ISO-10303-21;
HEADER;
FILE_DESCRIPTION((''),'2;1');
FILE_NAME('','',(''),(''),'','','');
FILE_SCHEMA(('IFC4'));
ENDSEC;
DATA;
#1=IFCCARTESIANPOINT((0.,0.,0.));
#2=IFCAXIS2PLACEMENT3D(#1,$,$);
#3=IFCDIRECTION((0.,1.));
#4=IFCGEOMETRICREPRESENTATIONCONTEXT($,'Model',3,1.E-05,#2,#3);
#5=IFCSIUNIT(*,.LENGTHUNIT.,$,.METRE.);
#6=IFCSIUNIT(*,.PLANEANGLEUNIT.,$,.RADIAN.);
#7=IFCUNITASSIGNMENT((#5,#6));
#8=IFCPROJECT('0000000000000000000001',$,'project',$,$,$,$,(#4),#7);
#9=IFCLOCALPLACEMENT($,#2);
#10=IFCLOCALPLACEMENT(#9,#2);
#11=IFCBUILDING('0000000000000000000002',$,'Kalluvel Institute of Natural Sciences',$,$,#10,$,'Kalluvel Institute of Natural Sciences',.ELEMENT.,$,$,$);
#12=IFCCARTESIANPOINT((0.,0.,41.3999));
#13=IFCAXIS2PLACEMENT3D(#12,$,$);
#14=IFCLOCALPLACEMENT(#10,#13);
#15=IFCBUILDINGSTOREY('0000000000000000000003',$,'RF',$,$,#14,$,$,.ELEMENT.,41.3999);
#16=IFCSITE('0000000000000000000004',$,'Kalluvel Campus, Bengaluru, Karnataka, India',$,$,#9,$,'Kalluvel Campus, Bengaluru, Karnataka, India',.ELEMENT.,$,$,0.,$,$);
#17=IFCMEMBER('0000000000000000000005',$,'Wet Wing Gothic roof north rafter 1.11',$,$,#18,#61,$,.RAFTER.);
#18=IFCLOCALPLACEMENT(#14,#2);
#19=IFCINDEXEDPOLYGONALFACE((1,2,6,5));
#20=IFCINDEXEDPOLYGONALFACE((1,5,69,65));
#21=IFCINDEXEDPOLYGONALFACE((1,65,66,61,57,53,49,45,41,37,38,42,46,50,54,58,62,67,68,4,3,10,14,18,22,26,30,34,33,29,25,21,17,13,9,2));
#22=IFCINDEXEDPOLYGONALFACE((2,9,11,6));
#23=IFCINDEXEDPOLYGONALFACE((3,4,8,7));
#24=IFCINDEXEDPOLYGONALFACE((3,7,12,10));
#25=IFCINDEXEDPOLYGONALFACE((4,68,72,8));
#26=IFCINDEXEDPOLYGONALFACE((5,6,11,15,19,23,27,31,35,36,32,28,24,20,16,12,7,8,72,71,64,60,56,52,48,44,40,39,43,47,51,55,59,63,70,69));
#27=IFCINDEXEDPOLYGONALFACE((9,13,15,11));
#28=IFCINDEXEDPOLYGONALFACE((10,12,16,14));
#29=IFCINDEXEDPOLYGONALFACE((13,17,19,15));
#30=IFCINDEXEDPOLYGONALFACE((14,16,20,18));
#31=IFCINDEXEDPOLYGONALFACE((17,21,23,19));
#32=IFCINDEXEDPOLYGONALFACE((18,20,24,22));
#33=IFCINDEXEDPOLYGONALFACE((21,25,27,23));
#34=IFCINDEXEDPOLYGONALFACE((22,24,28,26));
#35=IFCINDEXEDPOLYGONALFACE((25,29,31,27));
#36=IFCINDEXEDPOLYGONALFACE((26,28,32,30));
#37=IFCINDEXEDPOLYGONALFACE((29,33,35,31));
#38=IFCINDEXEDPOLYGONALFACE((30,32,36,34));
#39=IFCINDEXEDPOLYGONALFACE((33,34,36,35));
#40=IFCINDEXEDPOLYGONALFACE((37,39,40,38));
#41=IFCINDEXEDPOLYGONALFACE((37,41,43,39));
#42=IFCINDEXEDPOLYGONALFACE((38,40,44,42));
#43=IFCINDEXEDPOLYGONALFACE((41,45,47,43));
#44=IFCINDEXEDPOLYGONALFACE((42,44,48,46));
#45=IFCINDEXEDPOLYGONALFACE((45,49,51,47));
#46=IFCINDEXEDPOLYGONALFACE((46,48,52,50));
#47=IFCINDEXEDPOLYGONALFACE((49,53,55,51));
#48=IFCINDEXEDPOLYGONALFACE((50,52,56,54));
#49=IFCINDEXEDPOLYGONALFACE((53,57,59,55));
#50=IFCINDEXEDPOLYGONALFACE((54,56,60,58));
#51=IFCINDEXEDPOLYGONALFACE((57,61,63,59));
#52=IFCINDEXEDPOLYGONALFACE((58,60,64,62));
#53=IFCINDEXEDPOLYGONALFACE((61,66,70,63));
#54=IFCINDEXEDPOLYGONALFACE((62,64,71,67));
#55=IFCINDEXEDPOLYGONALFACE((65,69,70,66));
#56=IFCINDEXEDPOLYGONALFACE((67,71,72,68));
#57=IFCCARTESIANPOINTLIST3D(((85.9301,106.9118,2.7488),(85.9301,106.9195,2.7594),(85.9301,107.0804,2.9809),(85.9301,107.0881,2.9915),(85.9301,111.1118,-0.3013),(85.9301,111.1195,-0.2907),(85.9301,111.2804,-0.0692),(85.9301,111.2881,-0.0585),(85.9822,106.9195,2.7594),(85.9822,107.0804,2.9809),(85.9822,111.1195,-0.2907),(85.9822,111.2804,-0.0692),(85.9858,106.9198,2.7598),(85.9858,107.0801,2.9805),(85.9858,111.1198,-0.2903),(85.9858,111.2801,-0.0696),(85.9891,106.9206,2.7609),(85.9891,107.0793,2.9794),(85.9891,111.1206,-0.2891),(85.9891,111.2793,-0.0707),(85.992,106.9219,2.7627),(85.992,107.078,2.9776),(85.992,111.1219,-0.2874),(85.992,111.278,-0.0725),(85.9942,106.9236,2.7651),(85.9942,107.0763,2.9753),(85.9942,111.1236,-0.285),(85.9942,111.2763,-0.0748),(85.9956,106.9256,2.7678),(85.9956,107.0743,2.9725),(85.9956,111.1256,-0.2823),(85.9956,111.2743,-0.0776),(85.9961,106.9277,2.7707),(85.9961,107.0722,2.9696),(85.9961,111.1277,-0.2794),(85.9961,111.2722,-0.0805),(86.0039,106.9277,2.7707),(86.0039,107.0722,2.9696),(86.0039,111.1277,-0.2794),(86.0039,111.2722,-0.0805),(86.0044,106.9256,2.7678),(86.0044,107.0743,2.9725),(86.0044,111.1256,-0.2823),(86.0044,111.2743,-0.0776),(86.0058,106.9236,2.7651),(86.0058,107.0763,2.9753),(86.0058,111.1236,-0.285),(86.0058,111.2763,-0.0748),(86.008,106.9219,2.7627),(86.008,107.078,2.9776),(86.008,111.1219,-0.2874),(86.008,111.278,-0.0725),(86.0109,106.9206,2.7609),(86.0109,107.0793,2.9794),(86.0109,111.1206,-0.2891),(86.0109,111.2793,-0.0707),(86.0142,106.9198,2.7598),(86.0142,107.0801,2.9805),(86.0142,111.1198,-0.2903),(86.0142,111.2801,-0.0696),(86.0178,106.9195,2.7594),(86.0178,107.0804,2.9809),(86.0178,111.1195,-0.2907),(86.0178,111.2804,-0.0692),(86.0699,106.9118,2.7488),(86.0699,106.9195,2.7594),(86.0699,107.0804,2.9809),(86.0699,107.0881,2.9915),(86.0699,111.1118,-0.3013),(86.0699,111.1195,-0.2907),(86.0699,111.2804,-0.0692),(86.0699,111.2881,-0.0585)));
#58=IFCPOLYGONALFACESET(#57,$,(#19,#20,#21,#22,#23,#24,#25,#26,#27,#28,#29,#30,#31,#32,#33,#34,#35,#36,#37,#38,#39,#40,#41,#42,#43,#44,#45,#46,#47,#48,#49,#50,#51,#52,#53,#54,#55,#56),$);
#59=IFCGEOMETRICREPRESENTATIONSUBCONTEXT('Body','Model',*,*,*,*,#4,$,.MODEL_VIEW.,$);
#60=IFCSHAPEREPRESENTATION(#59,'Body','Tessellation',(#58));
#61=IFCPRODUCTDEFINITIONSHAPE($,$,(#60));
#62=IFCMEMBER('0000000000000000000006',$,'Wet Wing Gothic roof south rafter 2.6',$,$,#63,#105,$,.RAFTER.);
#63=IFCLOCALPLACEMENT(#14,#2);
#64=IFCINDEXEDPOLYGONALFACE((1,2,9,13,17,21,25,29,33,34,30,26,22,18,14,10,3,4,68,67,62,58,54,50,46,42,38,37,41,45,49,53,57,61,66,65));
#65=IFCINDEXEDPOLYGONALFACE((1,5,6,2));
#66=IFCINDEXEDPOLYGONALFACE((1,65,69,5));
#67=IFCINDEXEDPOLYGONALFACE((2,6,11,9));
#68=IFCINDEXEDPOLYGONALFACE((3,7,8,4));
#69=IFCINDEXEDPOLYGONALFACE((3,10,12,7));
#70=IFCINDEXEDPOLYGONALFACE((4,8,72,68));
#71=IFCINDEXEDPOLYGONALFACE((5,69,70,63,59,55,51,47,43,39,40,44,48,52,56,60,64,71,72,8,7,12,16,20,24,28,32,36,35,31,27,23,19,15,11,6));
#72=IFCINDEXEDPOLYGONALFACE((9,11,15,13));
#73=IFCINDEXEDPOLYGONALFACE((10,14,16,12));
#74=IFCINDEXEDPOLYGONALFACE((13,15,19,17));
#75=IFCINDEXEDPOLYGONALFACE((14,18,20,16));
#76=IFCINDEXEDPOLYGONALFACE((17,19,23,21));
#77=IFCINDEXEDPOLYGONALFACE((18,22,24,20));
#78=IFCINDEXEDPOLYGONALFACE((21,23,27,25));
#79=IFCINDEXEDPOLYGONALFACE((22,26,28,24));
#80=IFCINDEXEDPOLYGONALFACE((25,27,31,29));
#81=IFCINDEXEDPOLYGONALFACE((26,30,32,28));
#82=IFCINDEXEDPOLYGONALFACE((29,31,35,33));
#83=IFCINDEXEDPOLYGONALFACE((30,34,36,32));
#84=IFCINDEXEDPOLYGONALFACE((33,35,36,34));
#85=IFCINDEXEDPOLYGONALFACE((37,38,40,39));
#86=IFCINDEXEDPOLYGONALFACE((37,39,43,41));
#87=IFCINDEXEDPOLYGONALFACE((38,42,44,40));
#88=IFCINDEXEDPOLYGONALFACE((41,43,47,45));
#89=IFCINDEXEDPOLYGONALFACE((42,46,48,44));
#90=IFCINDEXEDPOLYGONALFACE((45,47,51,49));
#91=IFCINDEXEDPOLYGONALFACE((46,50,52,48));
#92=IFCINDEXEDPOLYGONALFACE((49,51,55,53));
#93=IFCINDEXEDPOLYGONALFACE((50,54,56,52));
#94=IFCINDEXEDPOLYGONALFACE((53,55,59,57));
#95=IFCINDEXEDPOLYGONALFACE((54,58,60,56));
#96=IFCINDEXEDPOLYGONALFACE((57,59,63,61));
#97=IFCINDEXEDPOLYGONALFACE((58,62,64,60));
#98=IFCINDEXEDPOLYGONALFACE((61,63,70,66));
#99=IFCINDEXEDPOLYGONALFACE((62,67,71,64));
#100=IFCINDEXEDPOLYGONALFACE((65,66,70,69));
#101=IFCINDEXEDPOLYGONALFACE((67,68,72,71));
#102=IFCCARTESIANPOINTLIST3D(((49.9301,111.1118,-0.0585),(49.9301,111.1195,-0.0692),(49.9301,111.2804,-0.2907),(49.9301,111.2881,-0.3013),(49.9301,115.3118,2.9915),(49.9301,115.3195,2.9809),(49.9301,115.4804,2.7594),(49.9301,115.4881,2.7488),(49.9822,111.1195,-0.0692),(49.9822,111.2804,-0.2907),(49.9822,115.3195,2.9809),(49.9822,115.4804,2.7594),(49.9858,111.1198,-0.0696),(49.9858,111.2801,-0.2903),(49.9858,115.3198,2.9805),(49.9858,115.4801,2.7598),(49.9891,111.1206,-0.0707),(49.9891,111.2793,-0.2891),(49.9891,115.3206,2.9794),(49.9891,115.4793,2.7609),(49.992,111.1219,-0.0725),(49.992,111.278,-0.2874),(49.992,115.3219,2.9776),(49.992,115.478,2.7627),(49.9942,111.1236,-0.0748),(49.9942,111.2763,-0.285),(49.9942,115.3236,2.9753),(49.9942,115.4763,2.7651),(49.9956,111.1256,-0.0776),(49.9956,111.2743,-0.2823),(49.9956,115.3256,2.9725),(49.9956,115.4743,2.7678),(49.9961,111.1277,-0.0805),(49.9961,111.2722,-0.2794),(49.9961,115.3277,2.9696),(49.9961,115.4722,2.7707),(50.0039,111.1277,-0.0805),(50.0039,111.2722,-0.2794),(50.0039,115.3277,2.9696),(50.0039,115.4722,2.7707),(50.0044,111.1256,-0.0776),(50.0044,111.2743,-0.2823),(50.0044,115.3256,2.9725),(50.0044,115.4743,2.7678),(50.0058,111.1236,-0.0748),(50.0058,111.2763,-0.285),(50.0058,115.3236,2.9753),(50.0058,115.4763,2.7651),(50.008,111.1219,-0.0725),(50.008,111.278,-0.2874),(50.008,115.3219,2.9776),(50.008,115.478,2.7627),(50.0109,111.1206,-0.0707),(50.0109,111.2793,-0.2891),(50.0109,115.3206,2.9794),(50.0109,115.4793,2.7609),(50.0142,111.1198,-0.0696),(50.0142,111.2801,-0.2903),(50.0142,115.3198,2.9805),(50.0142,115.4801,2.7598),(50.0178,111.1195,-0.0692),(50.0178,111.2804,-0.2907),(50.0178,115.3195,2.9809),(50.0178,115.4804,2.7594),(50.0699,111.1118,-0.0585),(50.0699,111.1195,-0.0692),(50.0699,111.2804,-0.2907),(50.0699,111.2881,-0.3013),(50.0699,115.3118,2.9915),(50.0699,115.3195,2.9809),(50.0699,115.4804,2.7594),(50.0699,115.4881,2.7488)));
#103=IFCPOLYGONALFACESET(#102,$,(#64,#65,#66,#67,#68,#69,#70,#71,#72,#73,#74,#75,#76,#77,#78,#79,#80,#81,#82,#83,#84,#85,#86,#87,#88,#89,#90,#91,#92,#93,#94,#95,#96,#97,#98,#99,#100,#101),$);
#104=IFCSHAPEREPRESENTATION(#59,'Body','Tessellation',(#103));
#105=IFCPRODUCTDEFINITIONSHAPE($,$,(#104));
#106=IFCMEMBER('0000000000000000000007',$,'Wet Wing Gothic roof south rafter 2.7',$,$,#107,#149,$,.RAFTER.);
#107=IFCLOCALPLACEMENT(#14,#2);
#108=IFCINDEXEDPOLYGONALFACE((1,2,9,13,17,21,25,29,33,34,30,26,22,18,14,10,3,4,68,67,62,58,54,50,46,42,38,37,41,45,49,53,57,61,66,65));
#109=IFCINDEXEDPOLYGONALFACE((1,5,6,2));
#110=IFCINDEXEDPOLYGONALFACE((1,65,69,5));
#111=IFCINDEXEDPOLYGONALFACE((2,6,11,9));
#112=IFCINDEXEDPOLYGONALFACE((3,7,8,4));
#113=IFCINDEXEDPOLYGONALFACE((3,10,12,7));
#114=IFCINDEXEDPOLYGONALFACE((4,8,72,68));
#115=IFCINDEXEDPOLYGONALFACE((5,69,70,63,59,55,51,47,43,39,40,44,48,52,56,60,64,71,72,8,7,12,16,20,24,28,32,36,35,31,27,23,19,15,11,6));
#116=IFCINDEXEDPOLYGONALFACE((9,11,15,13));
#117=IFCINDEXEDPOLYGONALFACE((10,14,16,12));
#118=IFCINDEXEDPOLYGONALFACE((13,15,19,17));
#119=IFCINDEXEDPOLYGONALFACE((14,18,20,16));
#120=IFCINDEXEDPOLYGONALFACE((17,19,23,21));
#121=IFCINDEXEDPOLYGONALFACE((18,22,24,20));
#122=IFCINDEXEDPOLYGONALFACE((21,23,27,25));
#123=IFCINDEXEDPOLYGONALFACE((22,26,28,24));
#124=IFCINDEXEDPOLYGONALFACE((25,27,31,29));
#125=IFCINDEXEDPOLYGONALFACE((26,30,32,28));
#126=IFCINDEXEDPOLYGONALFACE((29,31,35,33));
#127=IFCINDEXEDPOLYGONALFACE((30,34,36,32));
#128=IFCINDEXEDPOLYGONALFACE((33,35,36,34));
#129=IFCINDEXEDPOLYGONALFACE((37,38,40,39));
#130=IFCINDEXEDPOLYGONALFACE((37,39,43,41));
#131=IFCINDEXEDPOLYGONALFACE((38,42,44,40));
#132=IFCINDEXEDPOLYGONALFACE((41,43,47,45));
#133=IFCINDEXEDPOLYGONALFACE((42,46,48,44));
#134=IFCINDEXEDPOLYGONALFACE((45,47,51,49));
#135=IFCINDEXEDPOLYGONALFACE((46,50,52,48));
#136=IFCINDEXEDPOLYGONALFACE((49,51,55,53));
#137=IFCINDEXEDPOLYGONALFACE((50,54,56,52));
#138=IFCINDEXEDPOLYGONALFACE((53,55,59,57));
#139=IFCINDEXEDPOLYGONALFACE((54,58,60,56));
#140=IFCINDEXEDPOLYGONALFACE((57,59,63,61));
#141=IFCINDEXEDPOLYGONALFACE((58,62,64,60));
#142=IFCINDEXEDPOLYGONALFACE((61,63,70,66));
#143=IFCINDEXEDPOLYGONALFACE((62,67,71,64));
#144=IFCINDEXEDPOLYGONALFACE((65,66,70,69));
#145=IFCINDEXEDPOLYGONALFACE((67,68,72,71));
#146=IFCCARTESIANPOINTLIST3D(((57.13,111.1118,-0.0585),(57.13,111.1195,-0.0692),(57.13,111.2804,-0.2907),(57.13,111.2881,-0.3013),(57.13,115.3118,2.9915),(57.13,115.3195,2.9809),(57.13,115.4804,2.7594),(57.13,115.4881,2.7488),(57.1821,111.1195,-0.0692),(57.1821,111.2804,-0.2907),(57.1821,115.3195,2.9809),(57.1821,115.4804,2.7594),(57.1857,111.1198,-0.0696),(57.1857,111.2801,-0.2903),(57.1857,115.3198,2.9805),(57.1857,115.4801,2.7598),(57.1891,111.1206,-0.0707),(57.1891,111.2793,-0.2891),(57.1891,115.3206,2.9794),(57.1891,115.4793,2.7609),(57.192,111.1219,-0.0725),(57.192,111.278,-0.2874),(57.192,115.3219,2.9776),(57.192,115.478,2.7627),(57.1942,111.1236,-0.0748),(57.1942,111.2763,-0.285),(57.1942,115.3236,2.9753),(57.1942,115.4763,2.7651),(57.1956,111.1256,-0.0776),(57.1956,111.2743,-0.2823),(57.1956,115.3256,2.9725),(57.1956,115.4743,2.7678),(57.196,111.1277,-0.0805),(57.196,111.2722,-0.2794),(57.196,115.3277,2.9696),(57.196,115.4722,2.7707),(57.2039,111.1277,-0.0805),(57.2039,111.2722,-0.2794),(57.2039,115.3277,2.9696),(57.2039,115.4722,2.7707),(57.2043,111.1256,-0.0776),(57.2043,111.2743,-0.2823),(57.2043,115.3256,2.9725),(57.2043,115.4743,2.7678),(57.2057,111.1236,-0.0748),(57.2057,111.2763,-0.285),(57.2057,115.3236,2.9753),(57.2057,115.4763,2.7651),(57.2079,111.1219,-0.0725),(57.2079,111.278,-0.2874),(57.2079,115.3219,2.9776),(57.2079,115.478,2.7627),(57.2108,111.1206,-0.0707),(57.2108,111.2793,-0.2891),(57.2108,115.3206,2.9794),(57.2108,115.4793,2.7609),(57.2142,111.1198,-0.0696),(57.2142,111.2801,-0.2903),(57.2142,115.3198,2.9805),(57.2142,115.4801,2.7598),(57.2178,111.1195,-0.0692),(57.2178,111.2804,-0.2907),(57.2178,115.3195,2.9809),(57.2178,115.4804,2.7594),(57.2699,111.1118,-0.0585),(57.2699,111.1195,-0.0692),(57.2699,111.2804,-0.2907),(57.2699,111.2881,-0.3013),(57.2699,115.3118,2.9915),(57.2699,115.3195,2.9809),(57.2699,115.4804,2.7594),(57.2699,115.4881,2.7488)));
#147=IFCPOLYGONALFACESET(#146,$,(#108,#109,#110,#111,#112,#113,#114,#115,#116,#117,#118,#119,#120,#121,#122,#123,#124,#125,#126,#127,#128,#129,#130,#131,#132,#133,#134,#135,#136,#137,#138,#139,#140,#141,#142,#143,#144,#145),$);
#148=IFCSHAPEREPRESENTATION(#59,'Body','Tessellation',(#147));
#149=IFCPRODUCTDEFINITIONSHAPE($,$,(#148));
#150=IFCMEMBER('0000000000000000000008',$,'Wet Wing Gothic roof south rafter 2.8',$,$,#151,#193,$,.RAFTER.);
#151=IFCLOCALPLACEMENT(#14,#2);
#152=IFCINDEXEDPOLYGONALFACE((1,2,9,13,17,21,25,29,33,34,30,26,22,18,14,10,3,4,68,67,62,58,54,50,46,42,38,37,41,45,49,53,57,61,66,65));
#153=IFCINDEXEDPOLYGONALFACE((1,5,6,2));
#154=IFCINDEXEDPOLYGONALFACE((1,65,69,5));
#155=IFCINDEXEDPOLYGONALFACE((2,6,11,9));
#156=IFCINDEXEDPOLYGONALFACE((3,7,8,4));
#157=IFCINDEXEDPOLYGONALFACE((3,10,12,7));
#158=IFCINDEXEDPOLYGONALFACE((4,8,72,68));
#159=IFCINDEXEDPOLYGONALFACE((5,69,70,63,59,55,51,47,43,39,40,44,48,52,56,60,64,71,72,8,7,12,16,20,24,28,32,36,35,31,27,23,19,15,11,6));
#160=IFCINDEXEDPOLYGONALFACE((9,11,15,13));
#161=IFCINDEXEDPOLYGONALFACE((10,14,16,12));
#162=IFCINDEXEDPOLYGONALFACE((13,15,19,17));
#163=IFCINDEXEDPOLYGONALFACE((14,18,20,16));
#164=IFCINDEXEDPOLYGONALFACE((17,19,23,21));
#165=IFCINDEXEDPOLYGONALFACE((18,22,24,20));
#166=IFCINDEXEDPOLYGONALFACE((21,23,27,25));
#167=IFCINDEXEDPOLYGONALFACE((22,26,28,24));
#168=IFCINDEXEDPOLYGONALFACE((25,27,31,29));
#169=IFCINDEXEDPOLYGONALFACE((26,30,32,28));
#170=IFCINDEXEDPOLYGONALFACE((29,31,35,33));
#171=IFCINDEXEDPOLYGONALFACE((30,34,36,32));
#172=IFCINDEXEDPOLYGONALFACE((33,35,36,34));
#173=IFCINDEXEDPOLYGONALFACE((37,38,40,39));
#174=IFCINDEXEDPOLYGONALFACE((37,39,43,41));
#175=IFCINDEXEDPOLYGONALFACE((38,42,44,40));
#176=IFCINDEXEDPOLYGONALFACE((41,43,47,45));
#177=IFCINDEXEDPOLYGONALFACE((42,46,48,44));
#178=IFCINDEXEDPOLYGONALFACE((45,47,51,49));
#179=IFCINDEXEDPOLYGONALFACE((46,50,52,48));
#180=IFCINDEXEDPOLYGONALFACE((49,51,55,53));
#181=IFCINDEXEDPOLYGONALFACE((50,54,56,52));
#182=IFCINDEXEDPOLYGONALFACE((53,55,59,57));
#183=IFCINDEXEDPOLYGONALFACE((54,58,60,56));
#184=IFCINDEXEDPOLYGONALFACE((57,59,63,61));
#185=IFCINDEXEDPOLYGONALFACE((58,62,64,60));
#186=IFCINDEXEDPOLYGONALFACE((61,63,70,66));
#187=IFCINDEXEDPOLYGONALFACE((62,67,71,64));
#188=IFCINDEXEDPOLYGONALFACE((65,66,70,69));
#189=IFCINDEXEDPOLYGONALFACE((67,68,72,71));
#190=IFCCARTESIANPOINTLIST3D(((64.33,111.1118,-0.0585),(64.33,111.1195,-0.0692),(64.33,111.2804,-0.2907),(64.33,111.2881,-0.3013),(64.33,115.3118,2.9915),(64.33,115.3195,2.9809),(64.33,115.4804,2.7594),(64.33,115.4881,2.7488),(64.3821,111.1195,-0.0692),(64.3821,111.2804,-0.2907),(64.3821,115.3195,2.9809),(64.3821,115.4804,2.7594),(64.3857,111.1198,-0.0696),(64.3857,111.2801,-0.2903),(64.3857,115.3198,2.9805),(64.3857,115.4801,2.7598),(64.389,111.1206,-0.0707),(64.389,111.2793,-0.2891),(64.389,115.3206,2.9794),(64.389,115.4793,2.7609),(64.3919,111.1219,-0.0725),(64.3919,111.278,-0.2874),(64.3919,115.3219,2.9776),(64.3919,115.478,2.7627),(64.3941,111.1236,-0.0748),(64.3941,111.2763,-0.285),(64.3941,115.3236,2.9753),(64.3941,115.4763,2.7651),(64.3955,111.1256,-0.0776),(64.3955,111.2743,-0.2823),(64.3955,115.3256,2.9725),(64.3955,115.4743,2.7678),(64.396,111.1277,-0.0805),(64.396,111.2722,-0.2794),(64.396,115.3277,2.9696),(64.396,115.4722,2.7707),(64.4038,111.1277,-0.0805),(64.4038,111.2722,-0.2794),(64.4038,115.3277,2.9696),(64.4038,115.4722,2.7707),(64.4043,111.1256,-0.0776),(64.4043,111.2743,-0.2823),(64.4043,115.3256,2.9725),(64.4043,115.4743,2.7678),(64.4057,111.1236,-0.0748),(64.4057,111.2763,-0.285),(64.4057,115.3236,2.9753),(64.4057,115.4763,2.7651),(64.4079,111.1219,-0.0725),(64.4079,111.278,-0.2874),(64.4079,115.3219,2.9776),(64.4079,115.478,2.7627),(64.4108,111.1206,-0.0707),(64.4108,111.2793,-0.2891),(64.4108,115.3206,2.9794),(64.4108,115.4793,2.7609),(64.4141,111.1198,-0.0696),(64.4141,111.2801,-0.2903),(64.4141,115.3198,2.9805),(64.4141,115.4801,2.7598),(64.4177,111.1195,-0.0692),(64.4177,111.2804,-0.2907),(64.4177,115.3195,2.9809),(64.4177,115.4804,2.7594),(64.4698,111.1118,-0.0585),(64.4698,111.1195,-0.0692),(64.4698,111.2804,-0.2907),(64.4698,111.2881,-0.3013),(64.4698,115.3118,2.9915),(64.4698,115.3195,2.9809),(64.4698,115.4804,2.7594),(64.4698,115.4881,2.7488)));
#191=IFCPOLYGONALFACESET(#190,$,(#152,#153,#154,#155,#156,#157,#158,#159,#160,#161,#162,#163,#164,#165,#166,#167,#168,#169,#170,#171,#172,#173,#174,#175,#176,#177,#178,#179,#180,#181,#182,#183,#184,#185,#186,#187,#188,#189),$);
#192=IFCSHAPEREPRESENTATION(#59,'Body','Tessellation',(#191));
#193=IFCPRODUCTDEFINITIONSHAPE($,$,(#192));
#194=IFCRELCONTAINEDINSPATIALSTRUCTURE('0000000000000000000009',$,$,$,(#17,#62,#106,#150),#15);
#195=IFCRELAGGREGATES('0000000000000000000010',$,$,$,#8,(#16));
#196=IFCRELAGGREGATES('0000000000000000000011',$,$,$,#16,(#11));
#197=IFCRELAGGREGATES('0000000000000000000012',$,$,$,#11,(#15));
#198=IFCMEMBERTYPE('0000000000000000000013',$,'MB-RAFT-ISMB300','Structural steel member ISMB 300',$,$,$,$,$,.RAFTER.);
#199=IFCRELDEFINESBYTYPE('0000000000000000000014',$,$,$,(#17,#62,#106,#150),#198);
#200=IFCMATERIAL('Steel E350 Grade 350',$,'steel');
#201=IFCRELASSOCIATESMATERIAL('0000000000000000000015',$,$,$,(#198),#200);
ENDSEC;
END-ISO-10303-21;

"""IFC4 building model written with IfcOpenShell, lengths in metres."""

from ifc_helpers import new_model, si_unit, direction, frame, origin, origin_2d, place, context, subcontext, project, spatial, i_section, extrude, material, material_profile, profile_set, type_object, element, save


model = new_model("IFC4")

# Units and contexts
model_context = context("Model", 3, precision=1e-05, world=origin(), true_north=direction((0.0, 1.0)))
body_context = subcontext(model_context, "Body", "Model", "MODEL_VIEW")
ifc_project = project(units=[si_unit("LENGTHUNIT", "METRE"), si_unit("PLANEANGLEUNIT", "RADIAN")], contexts=[model_context])

# Site, building, storey
site_placement = place(None, origin())
site = spatial("IfcSite", under=ifc_project, at=site_placement, Name="Kalluvel Campus, Bengaluru, Karnataka, India", LongName="Kalluvel Campus, Bengaluru, Karnataka, India", CompositionType="ELEMENT", RefElevation=0.0)
building_placement = place(site_placement, origin())
building = spatial("IfcBuilding", under=site, at=building_placement, Name="Kalluvel Institute of Natural Sciences", LongName="Kalluvel Institute of Natural Sciences", CompositionType="ELEMENT")
storey_placement = place(building_placement, frame((0.0, 0.0, 41.3999)))
storey = spatial("IfcBuildingStorey", under=building, at=storey_placement, Name="RF", CompositionType="ELEMENT", Elevation=41.3999)

# Shared definitions
ifc_material_1 = material(Name="Steel E350 Grade 350", Category="steel")

# Members
ifc_material_profile_1 = material_profile(ifc_material_1, i_section(OverallWidth=0.1399, OverallDepth=0.3, WebThickness=0.0078, FlangeThickness=0.0132, FilletRadius=0.0139, at=origin_2d()), Name="ISMB 300")
ifc_profile_set_1 = profile_set([ifc_material_profile_1], Name="Steel E350 Grade 350")
member_type = type_object("IfcMemberType", Name="MB-RAFT-ISMB300", Description="Structural steel member ISMB 300", PredefinedType="RAFTER", material=ifc_profile_set_1)
for number, where, z_axis, x_axis, name in (
    (1, (86.0, 111.2, -0.1799), (0.0, -0.809145, 0.587609), (1.0, 0.0, 0.0), "Wet Wing Gothic roof north rafter 1.11"),
    (2, (50.0, 111.2, -0.1799), (0.0, 0.809145, 0.587609), (-1.0, 0.0, 0.0), "Wet Wing Gothic roof south rafter 2.6"),
    (3, (57.2, 111.2, -0.1799), (0.0, 0.809145, 0.587609), (-1.0, 0.0, 0.0), "Wet Wing Gothic roof south rafter 2.7"),
    (4, (64.3999, 111.2, -0.1799), (0.0, 0.809145, 0.587609), (-1.0, 0.0, 0.0), "Wet Wing Gothic roof south rafter 2.8"),
):
    element("IfcMember", number, at=place(storey_placement, frame(where, z_axis=z_axis, x_axis=x_axis)), inside=storey, type_object=member_type, Name=name, PredefinedType="RAFTER", context=body_context, shape_type="SweptSolid", body=[
        extrude(i_section(OverallWidth=0.1399, OverallDepth=0.3, WebThickness=0.0078, FlangeThickness=0.0132, FilletRadius=0.0139, at=origin_2d()), origin(), (0.0, 0.0, 1.0), 5.1907),
    ])

save(model, "model.ifc")
